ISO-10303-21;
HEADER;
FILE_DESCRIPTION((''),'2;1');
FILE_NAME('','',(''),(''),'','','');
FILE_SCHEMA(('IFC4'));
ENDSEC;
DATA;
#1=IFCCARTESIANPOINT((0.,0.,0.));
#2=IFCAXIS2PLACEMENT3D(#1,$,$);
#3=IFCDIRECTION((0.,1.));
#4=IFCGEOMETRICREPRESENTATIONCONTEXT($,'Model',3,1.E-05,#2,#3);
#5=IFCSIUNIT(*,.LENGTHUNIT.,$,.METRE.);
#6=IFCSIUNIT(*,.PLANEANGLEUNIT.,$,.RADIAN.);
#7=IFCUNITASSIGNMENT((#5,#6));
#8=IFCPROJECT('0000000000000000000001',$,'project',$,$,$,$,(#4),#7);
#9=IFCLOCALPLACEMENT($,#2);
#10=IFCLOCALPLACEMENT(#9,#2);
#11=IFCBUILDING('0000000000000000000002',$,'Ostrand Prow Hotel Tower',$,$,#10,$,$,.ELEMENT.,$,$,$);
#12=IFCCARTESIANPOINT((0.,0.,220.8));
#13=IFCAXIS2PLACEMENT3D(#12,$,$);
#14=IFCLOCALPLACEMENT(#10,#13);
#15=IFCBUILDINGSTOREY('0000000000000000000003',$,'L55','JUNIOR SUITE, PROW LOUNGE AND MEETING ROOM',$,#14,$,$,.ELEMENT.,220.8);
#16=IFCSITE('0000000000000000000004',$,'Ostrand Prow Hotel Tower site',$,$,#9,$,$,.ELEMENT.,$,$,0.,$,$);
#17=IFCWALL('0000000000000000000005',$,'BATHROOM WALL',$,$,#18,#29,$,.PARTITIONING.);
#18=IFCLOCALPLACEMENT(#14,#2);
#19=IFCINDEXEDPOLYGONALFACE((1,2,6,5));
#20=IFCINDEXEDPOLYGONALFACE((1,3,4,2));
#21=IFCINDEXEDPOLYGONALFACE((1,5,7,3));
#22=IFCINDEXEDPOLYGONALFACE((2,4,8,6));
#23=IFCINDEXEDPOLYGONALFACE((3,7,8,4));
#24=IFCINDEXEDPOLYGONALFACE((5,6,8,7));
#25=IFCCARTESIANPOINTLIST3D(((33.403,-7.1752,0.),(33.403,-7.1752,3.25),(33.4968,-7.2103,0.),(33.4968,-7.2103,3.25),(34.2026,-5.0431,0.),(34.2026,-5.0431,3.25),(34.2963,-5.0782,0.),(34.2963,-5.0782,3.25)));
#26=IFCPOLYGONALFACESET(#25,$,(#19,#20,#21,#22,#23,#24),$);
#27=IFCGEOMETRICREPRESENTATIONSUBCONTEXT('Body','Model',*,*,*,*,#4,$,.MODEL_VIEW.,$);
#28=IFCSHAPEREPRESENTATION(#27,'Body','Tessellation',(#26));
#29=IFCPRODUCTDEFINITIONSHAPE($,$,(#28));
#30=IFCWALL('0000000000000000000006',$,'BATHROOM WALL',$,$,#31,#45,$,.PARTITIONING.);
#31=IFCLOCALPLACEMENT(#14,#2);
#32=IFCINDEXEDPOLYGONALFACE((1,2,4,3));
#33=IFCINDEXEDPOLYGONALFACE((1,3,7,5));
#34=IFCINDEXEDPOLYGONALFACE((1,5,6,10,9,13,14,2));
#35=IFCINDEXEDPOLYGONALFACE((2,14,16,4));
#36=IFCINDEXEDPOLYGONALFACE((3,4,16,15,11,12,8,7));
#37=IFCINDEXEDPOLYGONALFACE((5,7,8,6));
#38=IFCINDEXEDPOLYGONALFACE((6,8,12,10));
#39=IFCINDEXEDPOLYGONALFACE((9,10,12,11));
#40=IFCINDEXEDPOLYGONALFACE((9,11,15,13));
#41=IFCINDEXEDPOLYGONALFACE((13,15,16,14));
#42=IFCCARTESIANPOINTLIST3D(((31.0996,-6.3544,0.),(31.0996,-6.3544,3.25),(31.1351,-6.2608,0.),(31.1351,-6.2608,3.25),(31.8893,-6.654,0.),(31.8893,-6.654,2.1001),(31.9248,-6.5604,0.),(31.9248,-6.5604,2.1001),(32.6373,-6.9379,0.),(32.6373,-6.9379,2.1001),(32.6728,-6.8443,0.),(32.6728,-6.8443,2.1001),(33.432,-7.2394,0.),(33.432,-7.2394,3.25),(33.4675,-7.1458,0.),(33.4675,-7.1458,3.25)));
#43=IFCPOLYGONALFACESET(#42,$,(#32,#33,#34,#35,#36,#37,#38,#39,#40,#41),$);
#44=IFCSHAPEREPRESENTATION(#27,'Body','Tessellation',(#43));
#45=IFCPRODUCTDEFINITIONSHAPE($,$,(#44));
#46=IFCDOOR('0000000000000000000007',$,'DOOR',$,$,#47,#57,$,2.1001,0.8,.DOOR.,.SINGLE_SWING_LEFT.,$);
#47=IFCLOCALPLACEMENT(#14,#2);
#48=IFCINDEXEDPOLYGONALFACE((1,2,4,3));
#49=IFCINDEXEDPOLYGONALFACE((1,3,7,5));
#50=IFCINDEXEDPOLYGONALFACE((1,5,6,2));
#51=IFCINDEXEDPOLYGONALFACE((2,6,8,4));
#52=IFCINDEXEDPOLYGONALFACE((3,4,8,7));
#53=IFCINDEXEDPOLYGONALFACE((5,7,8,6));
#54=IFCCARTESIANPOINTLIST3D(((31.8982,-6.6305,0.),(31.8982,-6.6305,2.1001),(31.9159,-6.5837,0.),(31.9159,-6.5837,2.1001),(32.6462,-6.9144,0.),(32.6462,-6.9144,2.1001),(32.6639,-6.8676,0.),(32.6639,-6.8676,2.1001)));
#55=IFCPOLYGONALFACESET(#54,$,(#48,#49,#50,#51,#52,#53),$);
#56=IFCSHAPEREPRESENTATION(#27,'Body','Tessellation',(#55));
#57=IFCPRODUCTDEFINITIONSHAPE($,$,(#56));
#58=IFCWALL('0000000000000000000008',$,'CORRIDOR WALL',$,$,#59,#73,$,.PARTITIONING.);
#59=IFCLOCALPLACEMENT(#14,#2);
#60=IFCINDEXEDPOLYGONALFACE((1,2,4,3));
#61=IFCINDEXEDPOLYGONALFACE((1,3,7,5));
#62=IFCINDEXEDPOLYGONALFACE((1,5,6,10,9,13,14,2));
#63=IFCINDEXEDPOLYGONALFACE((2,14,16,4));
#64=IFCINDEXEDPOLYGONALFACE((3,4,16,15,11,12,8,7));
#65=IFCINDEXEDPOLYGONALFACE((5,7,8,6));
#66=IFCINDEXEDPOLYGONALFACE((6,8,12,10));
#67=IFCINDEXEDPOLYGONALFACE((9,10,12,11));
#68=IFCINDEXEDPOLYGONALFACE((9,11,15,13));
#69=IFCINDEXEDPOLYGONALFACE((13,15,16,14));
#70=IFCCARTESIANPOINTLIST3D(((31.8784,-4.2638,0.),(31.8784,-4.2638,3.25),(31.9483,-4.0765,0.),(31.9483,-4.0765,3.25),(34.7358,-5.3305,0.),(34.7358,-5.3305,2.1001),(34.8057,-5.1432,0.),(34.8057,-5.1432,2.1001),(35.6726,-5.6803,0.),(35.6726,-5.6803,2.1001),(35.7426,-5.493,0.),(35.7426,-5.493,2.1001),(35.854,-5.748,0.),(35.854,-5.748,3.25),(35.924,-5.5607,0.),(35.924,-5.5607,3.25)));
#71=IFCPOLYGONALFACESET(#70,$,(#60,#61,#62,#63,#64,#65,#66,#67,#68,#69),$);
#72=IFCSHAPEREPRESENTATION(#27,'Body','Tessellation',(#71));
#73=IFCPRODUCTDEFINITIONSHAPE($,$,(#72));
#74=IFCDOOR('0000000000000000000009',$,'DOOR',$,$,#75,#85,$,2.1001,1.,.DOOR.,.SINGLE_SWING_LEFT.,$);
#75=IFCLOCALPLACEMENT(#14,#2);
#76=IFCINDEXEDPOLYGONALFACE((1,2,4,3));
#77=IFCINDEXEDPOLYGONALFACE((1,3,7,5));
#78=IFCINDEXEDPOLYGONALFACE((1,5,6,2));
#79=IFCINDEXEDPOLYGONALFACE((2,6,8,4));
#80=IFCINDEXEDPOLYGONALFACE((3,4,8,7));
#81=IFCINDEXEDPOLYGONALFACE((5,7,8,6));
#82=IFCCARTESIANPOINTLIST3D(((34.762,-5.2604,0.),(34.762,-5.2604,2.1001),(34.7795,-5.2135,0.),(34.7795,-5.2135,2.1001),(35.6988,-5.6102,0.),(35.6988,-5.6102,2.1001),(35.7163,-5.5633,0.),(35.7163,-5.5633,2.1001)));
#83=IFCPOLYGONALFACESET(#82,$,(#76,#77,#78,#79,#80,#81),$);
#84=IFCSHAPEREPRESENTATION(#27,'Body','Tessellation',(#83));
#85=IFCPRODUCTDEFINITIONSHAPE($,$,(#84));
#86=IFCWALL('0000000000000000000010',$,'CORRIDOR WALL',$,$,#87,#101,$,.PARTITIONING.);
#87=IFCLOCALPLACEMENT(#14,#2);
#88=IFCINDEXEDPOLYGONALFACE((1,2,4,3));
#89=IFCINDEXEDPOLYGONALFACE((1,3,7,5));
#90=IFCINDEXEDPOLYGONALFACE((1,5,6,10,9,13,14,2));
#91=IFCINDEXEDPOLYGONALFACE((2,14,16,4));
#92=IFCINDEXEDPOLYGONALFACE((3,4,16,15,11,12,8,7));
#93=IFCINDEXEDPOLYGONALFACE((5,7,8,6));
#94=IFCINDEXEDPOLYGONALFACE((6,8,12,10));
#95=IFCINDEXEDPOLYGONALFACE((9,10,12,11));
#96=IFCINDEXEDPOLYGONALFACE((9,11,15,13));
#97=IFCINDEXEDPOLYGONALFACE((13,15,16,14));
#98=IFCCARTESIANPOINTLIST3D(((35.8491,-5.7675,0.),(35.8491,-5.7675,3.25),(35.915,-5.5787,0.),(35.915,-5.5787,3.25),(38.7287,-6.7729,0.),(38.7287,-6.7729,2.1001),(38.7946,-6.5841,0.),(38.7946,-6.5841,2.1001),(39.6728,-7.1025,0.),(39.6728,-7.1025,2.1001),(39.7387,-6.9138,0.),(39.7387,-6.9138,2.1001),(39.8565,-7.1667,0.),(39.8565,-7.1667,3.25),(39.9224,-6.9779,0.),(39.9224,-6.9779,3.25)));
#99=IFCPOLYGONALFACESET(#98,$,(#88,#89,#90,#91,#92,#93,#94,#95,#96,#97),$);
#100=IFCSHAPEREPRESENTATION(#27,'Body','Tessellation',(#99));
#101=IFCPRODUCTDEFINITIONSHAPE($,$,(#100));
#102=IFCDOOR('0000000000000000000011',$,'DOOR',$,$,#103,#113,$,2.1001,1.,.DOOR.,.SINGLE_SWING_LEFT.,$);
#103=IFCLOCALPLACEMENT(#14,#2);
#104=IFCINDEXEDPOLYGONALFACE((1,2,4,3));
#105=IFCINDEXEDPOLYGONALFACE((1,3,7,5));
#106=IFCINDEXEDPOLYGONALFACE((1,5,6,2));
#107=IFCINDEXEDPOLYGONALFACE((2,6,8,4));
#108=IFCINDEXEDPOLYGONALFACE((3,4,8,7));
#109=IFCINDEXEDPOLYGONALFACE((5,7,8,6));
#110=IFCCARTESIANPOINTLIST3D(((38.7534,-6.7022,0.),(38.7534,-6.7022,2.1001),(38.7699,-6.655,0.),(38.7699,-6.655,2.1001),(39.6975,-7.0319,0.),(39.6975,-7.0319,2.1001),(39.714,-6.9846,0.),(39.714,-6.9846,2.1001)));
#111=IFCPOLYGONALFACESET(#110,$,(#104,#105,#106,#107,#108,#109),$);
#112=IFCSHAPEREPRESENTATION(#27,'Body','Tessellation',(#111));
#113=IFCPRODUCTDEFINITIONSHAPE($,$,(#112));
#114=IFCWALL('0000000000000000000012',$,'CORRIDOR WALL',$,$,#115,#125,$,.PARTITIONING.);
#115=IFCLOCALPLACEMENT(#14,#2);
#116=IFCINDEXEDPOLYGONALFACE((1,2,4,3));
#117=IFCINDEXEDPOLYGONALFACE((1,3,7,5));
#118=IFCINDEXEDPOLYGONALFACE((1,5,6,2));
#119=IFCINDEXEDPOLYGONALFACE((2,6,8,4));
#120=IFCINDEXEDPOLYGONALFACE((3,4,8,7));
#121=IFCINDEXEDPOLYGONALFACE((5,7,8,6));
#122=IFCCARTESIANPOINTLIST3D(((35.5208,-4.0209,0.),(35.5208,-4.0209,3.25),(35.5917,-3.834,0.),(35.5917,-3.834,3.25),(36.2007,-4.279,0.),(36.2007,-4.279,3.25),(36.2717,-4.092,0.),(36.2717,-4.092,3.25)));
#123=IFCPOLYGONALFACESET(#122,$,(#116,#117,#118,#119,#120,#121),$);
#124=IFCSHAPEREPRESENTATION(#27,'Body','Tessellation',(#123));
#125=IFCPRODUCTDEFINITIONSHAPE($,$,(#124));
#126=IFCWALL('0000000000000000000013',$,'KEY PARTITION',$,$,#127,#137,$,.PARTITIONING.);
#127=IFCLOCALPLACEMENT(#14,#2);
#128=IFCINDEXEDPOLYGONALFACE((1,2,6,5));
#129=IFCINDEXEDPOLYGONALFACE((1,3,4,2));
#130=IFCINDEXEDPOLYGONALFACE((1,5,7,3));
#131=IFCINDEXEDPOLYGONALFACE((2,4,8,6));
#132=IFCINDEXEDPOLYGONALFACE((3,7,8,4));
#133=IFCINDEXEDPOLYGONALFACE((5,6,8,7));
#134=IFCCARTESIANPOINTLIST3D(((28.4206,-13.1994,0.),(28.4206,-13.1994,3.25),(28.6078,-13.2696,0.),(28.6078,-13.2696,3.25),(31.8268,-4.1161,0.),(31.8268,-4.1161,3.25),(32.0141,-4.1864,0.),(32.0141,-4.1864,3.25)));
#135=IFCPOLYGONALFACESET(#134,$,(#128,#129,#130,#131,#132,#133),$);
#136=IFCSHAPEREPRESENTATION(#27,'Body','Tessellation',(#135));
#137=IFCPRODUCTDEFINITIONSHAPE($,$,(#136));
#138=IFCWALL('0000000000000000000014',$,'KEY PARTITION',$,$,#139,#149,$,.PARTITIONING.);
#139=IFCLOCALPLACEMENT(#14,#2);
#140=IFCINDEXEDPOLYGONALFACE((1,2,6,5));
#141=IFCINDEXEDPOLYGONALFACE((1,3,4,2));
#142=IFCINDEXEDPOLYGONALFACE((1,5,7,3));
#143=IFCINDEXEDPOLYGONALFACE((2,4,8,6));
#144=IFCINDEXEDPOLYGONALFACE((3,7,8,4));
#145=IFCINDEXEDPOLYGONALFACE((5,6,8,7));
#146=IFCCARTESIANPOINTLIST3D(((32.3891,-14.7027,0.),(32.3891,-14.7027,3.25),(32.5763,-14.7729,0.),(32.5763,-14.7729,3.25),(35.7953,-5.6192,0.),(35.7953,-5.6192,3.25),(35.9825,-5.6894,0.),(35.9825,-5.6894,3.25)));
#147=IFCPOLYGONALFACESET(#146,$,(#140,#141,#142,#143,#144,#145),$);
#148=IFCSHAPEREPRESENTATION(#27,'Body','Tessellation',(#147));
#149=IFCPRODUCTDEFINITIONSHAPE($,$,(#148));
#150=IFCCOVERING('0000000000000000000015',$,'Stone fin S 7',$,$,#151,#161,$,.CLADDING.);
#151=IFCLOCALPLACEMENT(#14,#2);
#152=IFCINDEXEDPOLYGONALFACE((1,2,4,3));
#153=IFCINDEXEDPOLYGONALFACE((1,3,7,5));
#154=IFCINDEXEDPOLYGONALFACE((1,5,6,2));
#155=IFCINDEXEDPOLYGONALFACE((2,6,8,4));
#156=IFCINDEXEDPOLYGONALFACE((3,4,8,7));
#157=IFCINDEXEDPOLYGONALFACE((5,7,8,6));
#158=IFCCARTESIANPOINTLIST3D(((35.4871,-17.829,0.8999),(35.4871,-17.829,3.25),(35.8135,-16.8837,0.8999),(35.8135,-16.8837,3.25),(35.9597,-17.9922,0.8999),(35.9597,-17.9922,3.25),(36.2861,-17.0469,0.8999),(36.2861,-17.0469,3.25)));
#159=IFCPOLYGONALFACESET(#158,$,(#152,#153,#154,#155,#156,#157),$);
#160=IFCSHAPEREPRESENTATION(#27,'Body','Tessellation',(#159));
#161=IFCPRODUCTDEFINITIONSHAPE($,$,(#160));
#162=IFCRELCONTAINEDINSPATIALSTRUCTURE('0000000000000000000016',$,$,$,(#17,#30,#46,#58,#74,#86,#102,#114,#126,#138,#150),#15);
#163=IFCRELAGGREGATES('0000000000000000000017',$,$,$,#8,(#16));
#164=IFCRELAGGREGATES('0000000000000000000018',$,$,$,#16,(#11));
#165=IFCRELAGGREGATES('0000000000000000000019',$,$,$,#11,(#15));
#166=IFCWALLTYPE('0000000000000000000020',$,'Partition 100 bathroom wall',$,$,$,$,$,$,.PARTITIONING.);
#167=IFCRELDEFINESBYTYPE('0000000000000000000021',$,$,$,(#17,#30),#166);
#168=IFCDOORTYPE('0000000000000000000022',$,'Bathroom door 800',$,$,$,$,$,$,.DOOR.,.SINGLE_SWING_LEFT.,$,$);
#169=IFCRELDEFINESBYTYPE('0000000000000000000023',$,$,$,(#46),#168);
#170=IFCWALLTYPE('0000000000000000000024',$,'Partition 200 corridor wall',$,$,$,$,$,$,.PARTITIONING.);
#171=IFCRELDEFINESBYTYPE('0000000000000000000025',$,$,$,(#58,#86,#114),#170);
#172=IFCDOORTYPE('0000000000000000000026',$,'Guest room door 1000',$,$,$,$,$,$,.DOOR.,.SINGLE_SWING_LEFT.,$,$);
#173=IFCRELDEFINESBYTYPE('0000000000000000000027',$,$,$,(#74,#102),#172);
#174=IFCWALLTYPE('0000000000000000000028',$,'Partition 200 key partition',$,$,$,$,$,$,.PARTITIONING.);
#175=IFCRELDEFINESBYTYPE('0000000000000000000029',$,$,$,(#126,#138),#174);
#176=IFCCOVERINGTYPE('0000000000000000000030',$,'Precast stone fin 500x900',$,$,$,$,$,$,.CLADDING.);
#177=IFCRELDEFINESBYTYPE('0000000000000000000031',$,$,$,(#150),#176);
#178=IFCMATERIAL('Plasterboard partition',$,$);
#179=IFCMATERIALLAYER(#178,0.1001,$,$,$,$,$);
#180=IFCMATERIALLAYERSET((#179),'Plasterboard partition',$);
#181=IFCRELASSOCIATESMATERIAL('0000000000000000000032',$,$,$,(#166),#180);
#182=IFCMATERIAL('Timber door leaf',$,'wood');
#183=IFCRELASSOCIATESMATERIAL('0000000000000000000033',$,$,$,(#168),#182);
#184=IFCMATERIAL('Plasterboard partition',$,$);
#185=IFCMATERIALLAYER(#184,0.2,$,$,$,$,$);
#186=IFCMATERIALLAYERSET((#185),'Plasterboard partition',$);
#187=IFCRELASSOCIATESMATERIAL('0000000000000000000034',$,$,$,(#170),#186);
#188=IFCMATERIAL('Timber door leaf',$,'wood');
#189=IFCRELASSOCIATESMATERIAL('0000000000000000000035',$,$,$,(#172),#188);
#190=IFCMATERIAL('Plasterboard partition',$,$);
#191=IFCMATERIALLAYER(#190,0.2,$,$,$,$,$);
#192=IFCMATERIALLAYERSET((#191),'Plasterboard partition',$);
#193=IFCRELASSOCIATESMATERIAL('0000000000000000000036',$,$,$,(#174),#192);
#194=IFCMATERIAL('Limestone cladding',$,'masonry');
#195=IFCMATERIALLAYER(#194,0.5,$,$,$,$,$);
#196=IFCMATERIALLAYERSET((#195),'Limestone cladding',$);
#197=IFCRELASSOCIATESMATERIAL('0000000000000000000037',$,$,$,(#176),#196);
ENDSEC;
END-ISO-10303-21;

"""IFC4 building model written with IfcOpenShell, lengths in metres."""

from ifc_helpers import new_model, si_unit, direction, frame, frame_2d, origin, place, context, subcontext, project, spatial, rectangle, extrude, material, layer, layer_set, type_object, element, fill, save


model = new_model("IFC4")

# Units and contexts
model_context = context("Model", 3, precision=1e-05, world=origin(), true_north=direction((0.0, 1.0)))
body_context = subcontext(model_context, "Body", "Model", "MODEL_VIEW")
ifc_project = project(units=[si_unit("LENGTHUNIT", "METRE"), si_unit("PLANEANGLEUNIT", "RADIAN")], contexts=[model_context])

# Site, building, storey
site_placement = place(None, origin())
site = spatial("IfcSite", under=ifc_project, at=site_placement, Name="Ostrand Prow Hotel Tower site", CompositionType="ELEMENT", RefElevation=0.0)
building_placement = place(site_placement, origin())
building = spatial("IfcBuilding", under=site, at=building_placement, Name="Ostrand Prow Hotel Tower", CompositionType="ELEMENT")
storey_placement = place(building_placement, frame((0.0, 0.0, 220.8)))
storey = spatial("IfcBuildingStorey", under=building, at=storey_placement, Name="L55", Description="JUNIOR SUITE, PROW LOUNGE AND MEETING ROOM", CompositionType="ELEMENT", Elevation=220.8)

# Shared definitions
ifc_material_1 = material(Name="Plasterboard partition")
ifc_layer_1 = layer(ifc_material_1, 0.1001)
ifc_layer_set_1 = layer_set([ifc_layer_1], Name="Plasterboard partition")
wall_type_1 = type_object("IfcWallType", Name="Partition 100 bathroom wall", PredefinedType="PARTITIONING", material=ifc_layer_set_1)

# Shared definitions
ifc_material_2 = material(Name="Timber door leaf", Category="wood")
door_type_1 = type_object("IfcDoorType", Name="Bathroom door 800", OperationType="SINGLE_SWING_LEFT", PredefinedType="DOOR", material=ifc_material_2)

# Wall
wall_1_placement = place(storey_placement, frame((34.2495, -5.0605, 0.0), z_axis=(0.0, 0.0, 1.0), x_axis=(-0.351135, -0.936325, 0.0)))
element("IfcWall", 1, at=wall_1_placement, inside=storey, type_object=wall_type_1, Name="BATHROOM WALL", PredefinedType="PARTITIONING", context=body_context, shape_type="SweptSolid", body=[
    extrude(rectangle(XDim=2.2771, YDim=0.1001, at=frame_2d((1.1387, 0.0))), origin(), (0.0, 0.0, 1.0), 3.25),
])

# Walls, openings, doors
wall_2_placement = place(storey_placement, frame((33.4497, -7.1926, 0.0), z_axis=(0.0, 0.0, 1.0), x_axis=(-0.934951, 0.354778, 0.0)))
wall_2 = element("IfcWall", 2, at=wall_2_placement, inside=storey, type_object=wall_type_1, Name="BATHROOM WALL", PredefinedType="PARTITIONING", context=body_context, shape_type="SweptSolid", body=[
    extrude(rectangle(XDim=2.4946, YDim=0.1001, at=frame_2d((1.2473, 0.0))), origin(), (0.0, 0.0, 1.0), 3.25),
])
opening_1_placement = place(wall_2_placement, frame((0.8501, 0.0, 0.0)))
opening_1 = element("IfcOpeningElement", 3, at=opening_1_placement, cuts=wall_2, PredefinedType="OPENING", context=body_context, shape_type="SweptSolid", body=[
    extrude(rectangle(XDim=0.8, YDim=2.1001, at=frame_2d((0.3999, 1.05))), frame((0.0, 0.0601, 0.0), z_axis=(0.0, -1.0, 0.0), x_axis=(1.0, 0.0, 0.0)), (0.0, 0.0, 1.0), 0.1201),
])
door_1_placement = place(opening_1_placement, origin())
door_1 = element("IfcDoor", 4, at=door_1_placement, inside=storey, type_object=door_type_1, Name="DOOR", OperationType="SINGLE_SWING_LEFT", OverallHeight=2.1001, OverallWidth=0.8, PredefinedType="DOOR", context=body_context, shape_type="SweptSolid", body=[
    extrude(rectangle(XDim=0.8, YDim=2.1001, at=frame_2d((0.3999, 1.05))), frame((0.0, 0.0249, 0.0), z_axis=(0.0, -1.0, 0.0), x_axis=(1.0, 0.0, 0.0)), (0.0, 0.0, 1.0), 0.05),
])
fill(opening_1, door_1)
ifc_material_3 = material(Name="Plasterboard partition")
ifc_layer_2 = layer(ifc_material_3, 0.2)
ifc_layer_set_2 = layer_set([ifc_layer_2], Name="Plasterboard partition")
wall_type_2 = type_object("IfcWallType", Name="Partition 200 corridor wall", PredefinedType="PARTITIONING", material=ifc_layer_set_2)
wall_3_placement = place(storey_placement, frame((31.9133, -4.1702, 0.0), z_axis=(0.0, 0.0, 1.0), x_axis=(0.936848, -0.349736, 0.0)))
wall_3 = element("IfcWall", 5, at=wall_3_placement, inside=storey, type_object=wall_type_2, Name="CORRIDOR WALL", PredefinedType="PARTITIONING", context=body_context, shape_type="SweptSolid", body=[
    extrude(rectangle(XDim=4.2437, YDim=0.2, at=frame_2d((2.1218, 0.0))), origin(), (0.0, 0.0, 1.0), 3.25),
])
opening_2_placement = place(wall_3_placement, frame((3.05, 0.0, 0.0)))
opening_2 = element("IfcOpeningElement", 6, at=opening_2_placement, cuts=wall_3, PredefinedType="OPENING", context=body_context, shape_type="SweptSolid", body=[
    extrude(rectangle(XDim=1.0, YDim=2.1001, at=frame_2d((0.5, 1.05))), frame((0.0, 0.1099, 0.0), z_axis=(0.0, -1.0, 0.0), x_axis=(1.0, 0.0, 0.0)), (0.0, 0.0, 1.0), 0.22),
])
ifc_material_4 = material(Name="Timber door leaf", Category="wood")
door_type_2 = type_object("IfcDoorType", Name="Guest room door 1000", OperationType="SINGLE_SWING_LEFT", PredefinedType="DOOR", material=ifc_material_4)
door_2_placement = place(opening_2_placement, origin())
door_2 = element("IfcDoor", 7, at=door_2_placement, inside=storey, type_object=door_type_2, Name="DOOR", OperationType="SINGLE_SWING_LEFT", OverallHeight=2.1001, OverallWidth=1.0, PredefinedType="DOOR", context=body_context, shape_type="SweptSolid", body=[
    extrude(rectangle(XDim=1.0, YDim=2.1001, at=frame_2d((0.5, 1.05))), frame((0.0, 0.0249, 0.0), z_axis=(0.0, -1.0, 0.0), x_axis=(1.0, 0.0, 0.0)), (0.0, 0.0, 1.0), 0.05),
])
fill(opening_2, door_2)
wall_4_placement = place(storey_placement, frame((35.8821, -5.6731, 0.0), z_axis=(0.0, 0.0, 1.0), x_axis=(0.944107, -0.329638, 0.0)))
wall_4 = element("IfcWall", 8, at=wall_4_placement, inside=storey, type_object=wall_type_2, Name="CORRIDOR WALL", PredefinedType="PARTITIONING", context=body_context, shape_type="SweptSolid", body=[
    extrude(rectangle(XDim=4.2446, YDim=0.2, at=frame_2d((2.1223, 0.0))), origin(), (0.0, 0.0, 1.0), 3.25),
])
opening_3_placement = place(wall_4_placement, frame((3.05, 0.0, 0.0)))
opening_3 = element("IfcOpeningElement", 9, at=opening_3_placement, cuts=wall_4, PredefinedType="OPENING", context=body_context, shape_type="SweptSolid", body=[
    extrude(rectangle(XDim=1.0, YDim=2.1001, at=frame_2d((0.5, 1.05))), frame((0.0, 0.1099, 0.0), z_axis=(0.0, -1.0, 0.0), x_axis=(1.0, 0.0, 0.0)), (0.0, 0.0, 1.0), 0.22),
])
door_3_placement = place(opening_3_placement, origin())
door_3 = element("IfcDoor", 10, at=door_3_placement, inside=storey, type_object=door_type_2, Name="DOOR", OperationType="SINGLE_SWING_LEFT", OverallHeight=2.1001, OverallWidth=1.0, PredefinedType="DOOR", context=body_context, shape_type="SweptSolid", body=[
    extrude(rectangle(XDim=1.0, YDim=2.1001, at=frame_2d((0.5, 1.05))), frame((0.0, 0.0249, 0.0), z_axis=(0.0, -1.0, 0.0), x_axis=(1.0, 0.0, 0.0)), (0.0, 0.0, 1.0), 0.05),
])
fill(opening_3, door_3)

# Walls
wall_5_placement = place(storey_placement, frame((36.2363, -4.1855, 0.0), z_axis=(0.0, 0.0, 1.0), x_axis=(-0.934928, 0.354836, 0.0)))
element("IfcWall", 11, at=wall_5_placement, inside=storey, type_object=wall_type_2, Name="CORRIDOR WALL", PredefinedType="PARTITIONING", context=body_context, shape_type="SweptSolid", body=[
    extrude(rectangle(XDim=0.7273, YDim=0.2, at=frame_2d((0.3638, 0.0))), origin(), (0.0, 0.0, 1.0), 3.25),
])
ifc_material_5 = material(Name="Plasterboard partition")
ifc_layer_3 = layer(ifc_material_5, 0.2)
ifc_layer_set_3 = layer_set([ifc_layer_3], Name="Plasterboard partition")
wall_type_3 = type_object("IfcWallType", Name="Partition 200 key partition", PredefinedType="PARTITIONING", material=ifc_layer_set_3)
wall_6_placement = place(storey_placement, frame((28.5142, -13.2346, 0.0), z_axis=(0.0, 0.0, 1.0), x_axis=(0.351126, 0.936328, 0.0)))
element("IfcWall", 12, at=wall_6_placement, inside=storey, type_object=wall_type_3, Name="KEY PARTITION", PredefinedType="PARTITIONING", context=body_context, shape_type="SweptSolid", body=[
    extrude(rectangle(XDim=9.7009, YDim=0.2, at=frame_2d((4.8506, 0.0))), origin(), (0.0, 0.0, 1.0), 3.25),
])
wall_7_placement = place(storey_placement, frame((32.4827, -14.7378, 0.0), z_axis=(0.0, 0.0, 1.0), x_axis=(0.351118, 0.936331, 0.0)))
element("IfcWall", 13, at=wall_7_placement, inside=storey, type_object=wall_type_3, Name="KEY PARTITION", PredefinedType="PARTITIONING", context=body_context, shape_type="SweptSolid", body=[
    extrude(rectangle(XDim=9.7012, YDim=0.2, at=frame_2d((4.8506, 0.0))), origin(), (0.0, 0.0, 1.0), 3.25),
])

# Covering
ifc_material_6 = material(Name="Limestone cladding", Category="masonry")
ifc_layer_4 = layer(ifc_material_6, 0.5)
ifc_layer_set_4 = layer_set([ifc_layer_4], Name="Limestone cladding")
covering_type = type_object("IfcCoveringType", Name="Precast stone fin 500x900", PredefinedType="CLADDING", material=ifc_layer_set_4)
covering_placement = place(storey_placement, frame((36.0498, -16.9653, 0.8999), z_axis=(0.0, 0.0, 1.0), x_axis=(-0.326389, -0.945235, 0.0)))
element("IfcCovering", 14, at=covering_placement, inside=storey, type_object=covering_type, Name="Stone fin S 7", PredefinedType="CLADDING", context=body_context, shape_type="SweptSolid", body=[
    extrude(rectangle(XDim=1.0, YDim=0.5, at=frame_2d((0.5, 0.0))), origin(), (0.0, 0.0, 1.0), 2.3501),
])

save(model, "model.ifc")
